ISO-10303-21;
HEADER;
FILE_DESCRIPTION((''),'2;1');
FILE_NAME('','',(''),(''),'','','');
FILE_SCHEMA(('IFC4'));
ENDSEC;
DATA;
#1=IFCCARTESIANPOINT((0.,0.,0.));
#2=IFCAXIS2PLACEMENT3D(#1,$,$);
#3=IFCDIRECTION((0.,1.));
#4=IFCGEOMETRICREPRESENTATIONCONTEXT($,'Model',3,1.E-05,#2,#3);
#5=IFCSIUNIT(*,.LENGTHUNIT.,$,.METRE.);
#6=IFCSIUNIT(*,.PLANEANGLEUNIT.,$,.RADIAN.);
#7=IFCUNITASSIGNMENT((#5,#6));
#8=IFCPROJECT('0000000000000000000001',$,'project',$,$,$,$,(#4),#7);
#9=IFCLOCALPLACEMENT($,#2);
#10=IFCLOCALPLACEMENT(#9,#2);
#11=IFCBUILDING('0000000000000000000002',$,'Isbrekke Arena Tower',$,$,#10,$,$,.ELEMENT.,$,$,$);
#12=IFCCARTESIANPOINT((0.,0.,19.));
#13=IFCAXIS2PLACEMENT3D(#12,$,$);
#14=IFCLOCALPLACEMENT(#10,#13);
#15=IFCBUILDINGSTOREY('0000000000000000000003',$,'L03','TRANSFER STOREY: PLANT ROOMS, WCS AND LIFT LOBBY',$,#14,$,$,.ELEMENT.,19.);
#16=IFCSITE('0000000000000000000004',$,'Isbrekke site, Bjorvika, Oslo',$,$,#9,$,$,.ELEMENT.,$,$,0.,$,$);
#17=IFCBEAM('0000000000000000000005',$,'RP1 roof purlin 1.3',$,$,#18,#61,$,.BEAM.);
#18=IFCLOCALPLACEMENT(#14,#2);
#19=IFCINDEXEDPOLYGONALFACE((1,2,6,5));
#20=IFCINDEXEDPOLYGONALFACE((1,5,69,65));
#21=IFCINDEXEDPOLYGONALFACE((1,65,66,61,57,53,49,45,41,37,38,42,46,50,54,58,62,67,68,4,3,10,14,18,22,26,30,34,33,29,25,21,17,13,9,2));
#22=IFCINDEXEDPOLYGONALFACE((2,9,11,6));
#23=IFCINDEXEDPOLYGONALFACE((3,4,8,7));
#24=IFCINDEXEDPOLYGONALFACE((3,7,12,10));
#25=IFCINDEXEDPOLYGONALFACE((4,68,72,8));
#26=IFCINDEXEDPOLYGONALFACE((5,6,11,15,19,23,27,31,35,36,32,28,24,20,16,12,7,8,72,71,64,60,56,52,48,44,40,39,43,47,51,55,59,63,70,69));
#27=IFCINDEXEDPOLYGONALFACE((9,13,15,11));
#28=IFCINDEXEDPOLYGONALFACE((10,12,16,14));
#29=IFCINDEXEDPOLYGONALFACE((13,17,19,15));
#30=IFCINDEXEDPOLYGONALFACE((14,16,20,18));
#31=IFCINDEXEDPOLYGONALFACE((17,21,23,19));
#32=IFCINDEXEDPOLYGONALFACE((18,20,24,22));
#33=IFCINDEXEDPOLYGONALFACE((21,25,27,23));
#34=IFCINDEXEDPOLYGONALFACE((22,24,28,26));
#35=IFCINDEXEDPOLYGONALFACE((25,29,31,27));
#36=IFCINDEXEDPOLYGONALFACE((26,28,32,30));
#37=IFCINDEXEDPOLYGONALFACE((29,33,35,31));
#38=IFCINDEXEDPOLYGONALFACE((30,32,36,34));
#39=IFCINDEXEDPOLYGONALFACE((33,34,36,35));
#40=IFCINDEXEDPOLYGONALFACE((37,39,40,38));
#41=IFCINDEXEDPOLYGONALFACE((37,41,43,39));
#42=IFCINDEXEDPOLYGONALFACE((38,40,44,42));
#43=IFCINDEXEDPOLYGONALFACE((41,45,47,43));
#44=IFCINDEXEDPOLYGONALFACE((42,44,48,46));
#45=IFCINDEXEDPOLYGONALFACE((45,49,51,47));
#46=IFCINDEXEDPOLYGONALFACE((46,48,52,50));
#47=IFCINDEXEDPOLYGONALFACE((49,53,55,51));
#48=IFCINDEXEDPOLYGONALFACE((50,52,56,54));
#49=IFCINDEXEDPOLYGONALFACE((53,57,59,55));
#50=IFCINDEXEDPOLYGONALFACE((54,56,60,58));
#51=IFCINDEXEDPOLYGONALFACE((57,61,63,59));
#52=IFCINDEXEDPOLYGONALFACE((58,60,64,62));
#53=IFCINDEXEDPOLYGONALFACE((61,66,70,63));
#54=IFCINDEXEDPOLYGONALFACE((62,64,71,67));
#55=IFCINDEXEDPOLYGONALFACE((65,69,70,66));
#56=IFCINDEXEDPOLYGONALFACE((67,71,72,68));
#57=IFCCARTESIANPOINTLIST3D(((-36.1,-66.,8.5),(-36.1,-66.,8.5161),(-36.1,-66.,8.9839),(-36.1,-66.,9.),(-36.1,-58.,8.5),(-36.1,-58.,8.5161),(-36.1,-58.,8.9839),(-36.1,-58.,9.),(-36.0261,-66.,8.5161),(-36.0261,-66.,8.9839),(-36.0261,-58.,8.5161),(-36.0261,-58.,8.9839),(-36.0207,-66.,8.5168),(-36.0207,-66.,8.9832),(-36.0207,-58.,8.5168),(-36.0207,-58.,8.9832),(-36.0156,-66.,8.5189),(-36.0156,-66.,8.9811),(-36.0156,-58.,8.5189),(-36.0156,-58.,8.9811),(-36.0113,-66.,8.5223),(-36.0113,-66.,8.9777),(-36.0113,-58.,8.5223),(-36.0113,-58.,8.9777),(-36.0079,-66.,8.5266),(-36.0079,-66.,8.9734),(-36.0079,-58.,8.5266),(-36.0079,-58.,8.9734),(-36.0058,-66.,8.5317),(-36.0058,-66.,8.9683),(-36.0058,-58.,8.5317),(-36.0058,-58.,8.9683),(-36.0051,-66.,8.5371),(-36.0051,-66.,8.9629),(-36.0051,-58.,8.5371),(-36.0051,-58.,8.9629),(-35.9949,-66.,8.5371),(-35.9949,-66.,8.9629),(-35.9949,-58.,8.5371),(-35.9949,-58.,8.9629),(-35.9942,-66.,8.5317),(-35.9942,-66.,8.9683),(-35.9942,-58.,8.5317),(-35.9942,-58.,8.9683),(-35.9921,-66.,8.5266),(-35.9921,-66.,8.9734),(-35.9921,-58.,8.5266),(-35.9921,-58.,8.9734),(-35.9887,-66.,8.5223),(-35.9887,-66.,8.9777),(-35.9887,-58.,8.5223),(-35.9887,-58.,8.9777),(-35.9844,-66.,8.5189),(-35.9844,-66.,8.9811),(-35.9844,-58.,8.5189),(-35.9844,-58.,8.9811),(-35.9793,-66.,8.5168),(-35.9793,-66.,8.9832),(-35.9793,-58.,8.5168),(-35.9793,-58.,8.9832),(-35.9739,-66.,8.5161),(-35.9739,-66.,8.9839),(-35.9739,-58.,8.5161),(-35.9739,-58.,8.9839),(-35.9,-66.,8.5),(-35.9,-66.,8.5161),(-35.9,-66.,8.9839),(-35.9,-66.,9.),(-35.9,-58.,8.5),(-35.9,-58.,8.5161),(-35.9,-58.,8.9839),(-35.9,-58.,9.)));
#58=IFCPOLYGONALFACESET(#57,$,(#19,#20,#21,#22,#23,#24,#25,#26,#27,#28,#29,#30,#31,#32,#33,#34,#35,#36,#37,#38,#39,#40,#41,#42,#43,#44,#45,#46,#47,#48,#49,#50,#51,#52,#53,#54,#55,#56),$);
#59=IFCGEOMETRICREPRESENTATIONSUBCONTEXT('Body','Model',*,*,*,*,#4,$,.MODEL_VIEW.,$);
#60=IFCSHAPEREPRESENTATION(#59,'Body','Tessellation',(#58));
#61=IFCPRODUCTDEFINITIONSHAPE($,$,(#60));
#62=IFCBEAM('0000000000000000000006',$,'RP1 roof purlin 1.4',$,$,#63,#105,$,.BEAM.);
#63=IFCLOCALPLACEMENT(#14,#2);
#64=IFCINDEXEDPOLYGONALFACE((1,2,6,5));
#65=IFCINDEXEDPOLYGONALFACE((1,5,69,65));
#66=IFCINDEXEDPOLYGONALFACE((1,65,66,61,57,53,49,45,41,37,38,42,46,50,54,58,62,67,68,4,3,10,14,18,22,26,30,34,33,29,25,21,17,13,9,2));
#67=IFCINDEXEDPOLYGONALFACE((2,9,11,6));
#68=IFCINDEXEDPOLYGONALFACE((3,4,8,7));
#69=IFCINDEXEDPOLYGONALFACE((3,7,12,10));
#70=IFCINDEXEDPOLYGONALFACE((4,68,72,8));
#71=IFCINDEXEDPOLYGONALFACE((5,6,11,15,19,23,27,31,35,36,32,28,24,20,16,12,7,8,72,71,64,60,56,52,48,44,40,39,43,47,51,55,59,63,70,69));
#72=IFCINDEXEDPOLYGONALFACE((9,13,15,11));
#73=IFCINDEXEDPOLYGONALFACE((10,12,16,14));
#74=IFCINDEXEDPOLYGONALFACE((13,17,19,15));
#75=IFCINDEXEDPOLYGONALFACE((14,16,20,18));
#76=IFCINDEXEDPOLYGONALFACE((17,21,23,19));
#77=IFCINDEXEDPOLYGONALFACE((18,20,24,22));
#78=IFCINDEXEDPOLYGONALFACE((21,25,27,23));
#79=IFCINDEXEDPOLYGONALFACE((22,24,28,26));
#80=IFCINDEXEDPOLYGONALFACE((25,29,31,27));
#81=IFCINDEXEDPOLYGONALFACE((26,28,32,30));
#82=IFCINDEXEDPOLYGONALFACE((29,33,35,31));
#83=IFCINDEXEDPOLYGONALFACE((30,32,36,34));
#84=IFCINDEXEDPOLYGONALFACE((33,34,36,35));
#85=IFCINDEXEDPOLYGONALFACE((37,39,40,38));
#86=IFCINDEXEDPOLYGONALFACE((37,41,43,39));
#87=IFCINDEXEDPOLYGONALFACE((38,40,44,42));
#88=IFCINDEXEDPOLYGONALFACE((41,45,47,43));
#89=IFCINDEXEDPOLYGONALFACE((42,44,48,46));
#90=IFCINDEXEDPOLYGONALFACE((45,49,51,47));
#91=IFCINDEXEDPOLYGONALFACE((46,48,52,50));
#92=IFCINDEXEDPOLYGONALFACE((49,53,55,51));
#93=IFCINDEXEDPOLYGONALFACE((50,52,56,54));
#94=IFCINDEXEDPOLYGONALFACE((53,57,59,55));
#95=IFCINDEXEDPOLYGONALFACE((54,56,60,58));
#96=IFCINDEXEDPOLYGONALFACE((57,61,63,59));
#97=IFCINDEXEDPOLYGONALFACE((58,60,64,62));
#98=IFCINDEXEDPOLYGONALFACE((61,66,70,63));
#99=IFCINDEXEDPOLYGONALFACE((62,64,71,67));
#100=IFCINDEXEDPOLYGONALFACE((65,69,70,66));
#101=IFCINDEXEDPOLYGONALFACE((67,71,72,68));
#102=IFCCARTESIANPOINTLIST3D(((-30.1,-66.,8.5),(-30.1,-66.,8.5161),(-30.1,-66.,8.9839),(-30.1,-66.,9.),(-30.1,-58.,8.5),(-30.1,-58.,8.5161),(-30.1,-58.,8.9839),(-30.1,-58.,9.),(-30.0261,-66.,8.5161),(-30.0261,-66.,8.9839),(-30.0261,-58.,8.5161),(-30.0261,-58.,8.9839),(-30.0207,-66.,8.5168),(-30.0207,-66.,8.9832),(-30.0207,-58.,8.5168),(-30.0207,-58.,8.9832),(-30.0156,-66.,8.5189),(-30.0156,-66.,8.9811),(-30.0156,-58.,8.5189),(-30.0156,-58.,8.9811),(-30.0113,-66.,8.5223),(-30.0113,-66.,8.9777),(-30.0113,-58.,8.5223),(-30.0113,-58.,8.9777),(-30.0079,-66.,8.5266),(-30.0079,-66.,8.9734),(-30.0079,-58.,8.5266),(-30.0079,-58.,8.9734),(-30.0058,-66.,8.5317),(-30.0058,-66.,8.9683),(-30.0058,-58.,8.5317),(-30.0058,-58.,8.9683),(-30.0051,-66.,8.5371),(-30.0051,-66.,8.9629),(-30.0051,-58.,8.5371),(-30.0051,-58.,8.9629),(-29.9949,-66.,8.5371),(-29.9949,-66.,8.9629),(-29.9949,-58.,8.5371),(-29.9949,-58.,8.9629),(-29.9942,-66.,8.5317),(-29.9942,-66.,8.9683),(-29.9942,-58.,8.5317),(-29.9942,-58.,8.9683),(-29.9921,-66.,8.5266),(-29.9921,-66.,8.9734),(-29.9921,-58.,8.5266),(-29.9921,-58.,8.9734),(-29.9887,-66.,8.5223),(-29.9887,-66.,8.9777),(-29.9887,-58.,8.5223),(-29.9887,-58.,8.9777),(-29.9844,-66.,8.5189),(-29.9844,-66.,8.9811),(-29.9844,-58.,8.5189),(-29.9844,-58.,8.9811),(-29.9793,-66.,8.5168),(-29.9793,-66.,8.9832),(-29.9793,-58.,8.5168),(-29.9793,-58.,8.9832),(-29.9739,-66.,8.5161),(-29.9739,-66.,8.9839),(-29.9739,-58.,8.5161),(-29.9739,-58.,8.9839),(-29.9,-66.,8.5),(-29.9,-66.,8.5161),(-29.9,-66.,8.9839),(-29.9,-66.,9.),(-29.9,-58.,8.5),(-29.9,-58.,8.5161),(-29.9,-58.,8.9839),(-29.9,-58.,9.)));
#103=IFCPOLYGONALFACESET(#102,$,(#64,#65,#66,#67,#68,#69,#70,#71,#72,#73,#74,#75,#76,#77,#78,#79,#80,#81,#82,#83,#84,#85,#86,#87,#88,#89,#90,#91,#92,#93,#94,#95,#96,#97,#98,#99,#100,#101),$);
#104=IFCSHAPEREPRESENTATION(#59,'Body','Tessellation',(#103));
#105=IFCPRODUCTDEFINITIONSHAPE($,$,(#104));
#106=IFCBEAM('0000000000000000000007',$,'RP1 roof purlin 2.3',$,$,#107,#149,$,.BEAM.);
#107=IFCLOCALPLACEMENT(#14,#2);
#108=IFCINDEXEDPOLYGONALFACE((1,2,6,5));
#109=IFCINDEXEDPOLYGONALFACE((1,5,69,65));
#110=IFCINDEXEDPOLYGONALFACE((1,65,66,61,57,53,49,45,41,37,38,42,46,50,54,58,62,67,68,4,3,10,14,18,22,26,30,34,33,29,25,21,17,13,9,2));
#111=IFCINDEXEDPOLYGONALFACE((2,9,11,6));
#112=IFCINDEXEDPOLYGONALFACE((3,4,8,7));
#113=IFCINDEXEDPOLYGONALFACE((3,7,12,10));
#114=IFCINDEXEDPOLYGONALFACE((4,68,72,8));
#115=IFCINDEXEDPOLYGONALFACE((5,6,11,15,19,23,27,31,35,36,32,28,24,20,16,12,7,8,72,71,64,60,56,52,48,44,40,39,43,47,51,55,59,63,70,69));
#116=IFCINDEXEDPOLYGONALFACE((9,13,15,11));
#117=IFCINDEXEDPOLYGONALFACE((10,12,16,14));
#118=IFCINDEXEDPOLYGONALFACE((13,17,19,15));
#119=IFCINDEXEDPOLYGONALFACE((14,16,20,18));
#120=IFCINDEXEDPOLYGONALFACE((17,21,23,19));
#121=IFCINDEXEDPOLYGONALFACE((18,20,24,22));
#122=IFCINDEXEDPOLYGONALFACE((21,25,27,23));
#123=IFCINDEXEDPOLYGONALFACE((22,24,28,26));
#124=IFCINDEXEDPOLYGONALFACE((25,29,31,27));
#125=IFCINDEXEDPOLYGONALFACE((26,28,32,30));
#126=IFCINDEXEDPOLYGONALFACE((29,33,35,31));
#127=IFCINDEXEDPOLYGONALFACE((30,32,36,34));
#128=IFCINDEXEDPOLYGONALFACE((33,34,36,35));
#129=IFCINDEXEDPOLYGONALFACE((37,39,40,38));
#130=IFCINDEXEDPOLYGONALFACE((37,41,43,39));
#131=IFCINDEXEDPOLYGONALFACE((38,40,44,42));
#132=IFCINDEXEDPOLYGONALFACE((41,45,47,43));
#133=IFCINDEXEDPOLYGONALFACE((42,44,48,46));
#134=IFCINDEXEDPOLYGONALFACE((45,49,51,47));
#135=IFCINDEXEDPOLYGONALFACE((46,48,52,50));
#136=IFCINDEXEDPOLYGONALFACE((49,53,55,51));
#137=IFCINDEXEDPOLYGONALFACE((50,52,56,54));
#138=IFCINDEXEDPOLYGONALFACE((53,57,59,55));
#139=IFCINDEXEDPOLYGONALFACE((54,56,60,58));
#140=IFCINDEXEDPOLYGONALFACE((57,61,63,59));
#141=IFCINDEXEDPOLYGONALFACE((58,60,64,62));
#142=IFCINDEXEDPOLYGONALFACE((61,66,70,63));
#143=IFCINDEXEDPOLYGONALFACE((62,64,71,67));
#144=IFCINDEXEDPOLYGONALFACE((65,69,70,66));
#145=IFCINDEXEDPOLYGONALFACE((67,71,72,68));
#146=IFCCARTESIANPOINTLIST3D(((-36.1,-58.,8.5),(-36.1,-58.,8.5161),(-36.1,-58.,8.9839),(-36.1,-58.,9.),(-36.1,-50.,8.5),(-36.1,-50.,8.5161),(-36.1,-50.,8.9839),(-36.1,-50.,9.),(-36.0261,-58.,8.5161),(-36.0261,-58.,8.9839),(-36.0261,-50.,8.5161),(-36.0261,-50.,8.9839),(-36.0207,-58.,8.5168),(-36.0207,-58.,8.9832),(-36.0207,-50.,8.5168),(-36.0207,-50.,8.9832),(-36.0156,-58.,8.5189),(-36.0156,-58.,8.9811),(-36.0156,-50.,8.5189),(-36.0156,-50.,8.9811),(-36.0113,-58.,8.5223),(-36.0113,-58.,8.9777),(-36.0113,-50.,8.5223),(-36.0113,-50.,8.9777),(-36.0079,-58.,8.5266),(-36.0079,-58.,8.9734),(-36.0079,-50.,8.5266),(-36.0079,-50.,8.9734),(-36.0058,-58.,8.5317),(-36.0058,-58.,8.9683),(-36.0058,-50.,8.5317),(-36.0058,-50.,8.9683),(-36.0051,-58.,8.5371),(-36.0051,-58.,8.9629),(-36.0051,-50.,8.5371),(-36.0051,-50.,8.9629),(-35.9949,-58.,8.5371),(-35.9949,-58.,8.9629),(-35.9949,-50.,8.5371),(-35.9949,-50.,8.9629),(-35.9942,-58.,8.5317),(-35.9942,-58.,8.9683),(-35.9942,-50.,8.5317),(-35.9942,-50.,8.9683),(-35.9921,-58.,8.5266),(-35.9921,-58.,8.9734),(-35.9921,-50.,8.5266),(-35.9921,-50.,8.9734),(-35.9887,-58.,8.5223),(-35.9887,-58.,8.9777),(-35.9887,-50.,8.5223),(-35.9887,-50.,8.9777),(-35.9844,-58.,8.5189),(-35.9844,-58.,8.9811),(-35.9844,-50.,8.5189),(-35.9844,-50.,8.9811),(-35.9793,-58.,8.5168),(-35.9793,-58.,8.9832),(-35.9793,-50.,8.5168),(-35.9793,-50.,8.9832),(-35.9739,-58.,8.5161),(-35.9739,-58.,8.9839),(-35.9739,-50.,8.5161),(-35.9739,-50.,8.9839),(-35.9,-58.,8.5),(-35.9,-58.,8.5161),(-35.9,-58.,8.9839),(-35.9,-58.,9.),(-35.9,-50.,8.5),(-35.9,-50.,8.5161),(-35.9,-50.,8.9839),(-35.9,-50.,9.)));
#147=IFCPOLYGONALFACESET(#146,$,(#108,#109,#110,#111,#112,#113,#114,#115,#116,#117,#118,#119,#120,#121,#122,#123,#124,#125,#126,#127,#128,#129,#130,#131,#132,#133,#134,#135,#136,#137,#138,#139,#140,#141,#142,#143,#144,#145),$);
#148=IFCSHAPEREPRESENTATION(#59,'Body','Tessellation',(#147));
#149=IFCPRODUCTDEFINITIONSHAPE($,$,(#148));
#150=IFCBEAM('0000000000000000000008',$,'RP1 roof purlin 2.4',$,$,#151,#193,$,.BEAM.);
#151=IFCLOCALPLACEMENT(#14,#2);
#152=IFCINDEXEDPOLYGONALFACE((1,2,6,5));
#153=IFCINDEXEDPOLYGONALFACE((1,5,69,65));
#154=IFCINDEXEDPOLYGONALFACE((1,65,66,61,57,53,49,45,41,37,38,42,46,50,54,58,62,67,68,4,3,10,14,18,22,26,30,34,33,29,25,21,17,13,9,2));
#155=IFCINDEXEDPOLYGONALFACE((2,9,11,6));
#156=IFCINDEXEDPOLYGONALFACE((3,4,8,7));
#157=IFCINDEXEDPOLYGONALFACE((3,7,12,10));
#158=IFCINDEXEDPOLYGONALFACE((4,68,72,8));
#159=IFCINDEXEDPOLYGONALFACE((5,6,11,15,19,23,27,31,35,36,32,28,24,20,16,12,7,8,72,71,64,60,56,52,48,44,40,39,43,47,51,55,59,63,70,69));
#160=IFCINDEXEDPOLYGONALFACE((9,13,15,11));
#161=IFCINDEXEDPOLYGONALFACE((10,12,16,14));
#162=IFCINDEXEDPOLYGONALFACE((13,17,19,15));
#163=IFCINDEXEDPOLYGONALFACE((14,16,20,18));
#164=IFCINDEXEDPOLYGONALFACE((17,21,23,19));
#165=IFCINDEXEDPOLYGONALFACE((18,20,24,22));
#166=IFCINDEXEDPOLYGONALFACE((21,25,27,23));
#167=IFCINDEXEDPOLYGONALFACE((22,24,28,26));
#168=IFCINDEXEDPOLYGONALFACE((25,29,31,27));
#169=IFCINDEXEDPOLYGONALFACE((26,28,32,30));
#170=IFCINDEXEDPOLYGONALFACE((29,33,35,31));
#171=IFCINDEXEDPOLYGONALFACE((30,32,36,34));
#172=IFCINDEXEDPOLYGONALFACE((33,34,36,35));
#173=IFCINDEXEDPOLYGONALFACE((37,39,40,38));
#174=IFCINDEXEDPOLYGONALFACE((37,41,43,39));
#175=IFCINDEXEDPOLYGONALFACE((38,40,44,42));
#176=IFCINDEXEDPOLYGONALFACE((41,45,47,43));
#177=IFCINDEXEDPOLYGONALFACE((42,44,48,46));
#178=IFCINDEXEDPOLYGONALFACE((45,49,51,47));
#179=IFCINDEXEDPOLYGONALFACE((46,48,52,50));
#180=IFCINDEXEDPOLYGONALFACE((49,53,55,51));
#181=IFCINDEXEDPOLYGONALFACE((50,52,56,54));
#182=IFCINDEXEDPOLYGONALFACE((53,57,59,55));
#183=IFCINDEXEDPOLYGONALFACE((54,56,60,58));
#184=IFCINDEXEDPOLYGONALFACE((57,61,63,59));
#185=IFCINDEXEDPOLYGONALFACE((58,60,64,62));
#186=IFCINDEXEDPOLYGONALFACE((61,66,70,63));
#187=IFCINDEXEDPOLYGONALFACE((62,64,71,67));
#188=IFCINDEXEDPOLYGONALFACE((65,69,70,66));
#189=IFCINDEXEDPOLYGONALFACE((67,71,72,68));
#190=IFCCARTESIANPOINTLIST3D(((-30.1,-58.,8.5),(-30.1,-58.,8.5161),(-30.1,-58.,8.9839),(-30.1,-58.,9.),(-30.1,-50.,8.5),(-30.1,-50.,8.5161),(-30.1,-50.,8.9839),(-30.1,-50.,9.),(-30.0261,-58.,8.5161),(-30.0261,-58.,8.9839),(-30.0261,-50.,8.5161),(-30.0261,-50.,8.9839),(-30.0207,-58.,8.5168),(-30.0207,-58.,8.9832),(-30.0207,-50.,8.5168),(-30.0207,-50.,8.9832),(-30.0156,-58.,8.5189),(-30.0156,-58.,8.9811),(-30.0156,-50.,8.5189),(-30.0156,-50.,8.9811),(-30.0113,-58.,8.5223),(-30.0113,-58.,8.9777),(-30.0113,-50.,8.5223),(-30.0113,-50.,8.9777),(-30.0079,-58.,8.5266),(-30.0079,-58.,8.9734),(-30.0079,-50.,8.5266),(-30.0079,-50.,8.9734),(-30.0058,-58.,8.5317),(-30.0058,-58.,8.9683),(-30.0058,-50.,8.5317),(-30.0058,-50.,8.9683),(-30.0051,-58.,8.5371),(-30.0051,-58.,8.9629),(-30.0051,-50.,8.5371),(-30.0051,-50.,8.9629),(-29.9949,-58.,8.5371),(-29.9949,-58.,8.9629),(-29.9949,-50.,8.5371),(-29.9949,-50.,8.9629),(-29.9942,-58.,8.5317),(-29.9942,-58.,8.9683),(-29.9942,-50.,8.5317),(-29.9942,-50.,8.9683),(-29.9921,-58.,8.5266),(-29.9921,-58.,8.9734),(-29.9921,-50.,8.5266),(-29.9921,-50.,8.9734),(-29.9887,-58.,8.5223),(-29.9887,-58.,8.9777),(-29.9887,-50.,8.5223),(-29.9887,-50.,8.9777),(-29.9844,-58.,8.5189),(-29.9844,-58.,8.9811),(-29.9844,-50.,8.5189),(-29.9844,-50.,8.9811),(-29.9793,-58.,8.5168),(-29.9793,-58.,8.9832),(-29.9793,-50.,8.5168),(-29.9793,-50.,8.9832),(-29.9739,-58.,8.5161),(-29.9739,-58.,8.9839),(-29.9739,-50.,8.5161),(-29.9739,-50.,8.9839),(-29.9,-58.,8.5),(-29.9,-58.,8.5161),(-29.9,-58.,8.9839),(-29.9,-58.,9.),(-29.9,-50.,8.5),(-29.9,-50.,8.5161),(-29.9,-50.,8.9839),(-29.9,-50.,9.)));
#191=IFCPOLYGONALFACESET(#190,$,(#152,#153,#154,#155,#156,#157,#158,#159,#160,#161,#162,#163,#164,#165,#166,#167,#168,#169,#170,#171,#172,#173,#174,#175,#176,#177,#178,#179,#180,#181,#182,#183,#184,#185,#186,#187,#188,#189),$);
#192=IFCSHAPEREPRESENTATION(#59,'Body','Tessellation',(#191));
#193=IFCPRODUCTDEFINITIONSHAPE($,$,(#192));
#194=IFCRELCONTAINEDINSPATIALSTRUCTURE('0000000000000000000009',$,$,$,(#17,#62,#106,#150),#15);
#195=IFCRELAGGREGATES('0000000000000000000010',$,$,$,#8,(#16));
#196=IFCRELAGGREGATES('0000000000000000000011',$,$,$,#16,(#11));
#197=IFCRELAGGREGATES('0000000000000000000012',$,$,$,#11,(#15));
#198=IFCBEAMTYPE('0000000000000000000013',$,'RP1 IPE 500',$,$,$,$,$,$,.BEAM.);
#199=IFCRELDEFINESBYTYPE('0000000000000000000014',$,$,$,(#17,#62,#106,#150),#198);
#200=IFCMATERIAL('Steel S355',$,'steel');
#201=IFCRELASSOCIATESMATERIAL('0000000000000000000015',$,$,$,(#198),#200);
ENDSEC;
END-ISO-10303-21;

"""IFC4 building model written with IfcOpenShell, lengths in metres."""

from ifc_helpers import new_model, si_unit, direction, frame, origin, origin_2d, place, context, subcontext, project, spatial, i_section, extrude, material, material_profile, profile_set, type_object, element, save


model = new_model("IFC4")

# Units and contexts
model_context = context("Model", 3, precision=1e-05, world=origin(), true_north=direction((0.0, 1.0)))
body_context = subcontext(model_context, "Body", "Model", "MODEL_VIEW")
ifc_project = project(units=[si_unit("LENGTHUNIT", "METRE"), si_unit("PLANEANGLEUNIT", "RADIAN")], contexts=[model_context])

# Site, building, storey
site_placement = place(None, origin())
site = spatial("IfcSite", under=ifc_project, at=site_placement, Name="Isbrekke site, Bjorvika, Oslo", CompositionType="ELEMENT", RefElevation=0.0)
building_placement = place(site_placement, origin())
building = spatial("IfcBuilding", under=site, at=building_placement, Name="Isbrekke Arena Tower", CompositionType="ELEMENT")
storey_placement = place(building_placement, frame((0.0, 0.0, 19.0)))
storey = spatial("IfcBuildingStorey", under=building, at=storey_placement, Name="L03", Description="TRANSFER STOREY: PLANT ROOMS, WCS AND LIFT LOBBY", CompositionType="ELEMENT", Elevation=19.0)

# Beams
ifc_material_1 = material(Name="Steel S355", Category="steel")
ifc_material_profile_1 = material_profile(ifc_material_1, i_section(OverallWidth=0.2, OverallDepth=0.5, WebThickness=0.0103, FlangeThickness=0.0161, FilletRadius=0.021, at=origin_2d()), Name="IPE 500")
ifc_profile_set_1 = profile_set([ifc_material_profile_1], Name="Steel S355")
beam_type = type_object("IfcBeamType", Name="RP1 IPE 500", PredefinedType="BEAM", material=ifc_profile_set_1)
for number, where, z_axis, x_axis, name in (
    (1, (-36.0, -66.0, 8.75), (0.0, 1.0, 0.0), (-1.0, 0.0, 0.0), "RP1 roof purlin 1.3"),
    (2, (-30.0, -66.0, 8.75), (0.0, 1.0, 0.0), (-1.0, 0.0, 0.0), "RP1 roof purlin 1.4"),
    (3, (-36.0, -58.0, 8.75), (0.0, 1.0, 0.0), (-1.0, 0.0, 0.0), "RP1 roof purlin 2.3"),
    (4, (-30.0, -58.0, 8.75), (0.0, 1.0, 0.0), (-1.0, 0.0, 0.0), "RP1 roof purlin 2.4"),
):
    element("IfcBeam", number, at=place(storey_placement, frame(where, z_axis=z_axis, x_axis=x_axis)), inside=storey, type_object=beam_type, Name=name, PredefinedType="BEAM", context=body_context, shape_type="SweptSolid", body=[
        extrude(i_section(OverallWidth=0.2, OverallDepth=0.5, WebThickness=0.0103, FlangeThickness=0.0161, FilletRadius=0.021, at=origin_2d()), origin(), (0.0, 0.0, 1.0), 8.0),
    ])

save(model, "model.ifc")
